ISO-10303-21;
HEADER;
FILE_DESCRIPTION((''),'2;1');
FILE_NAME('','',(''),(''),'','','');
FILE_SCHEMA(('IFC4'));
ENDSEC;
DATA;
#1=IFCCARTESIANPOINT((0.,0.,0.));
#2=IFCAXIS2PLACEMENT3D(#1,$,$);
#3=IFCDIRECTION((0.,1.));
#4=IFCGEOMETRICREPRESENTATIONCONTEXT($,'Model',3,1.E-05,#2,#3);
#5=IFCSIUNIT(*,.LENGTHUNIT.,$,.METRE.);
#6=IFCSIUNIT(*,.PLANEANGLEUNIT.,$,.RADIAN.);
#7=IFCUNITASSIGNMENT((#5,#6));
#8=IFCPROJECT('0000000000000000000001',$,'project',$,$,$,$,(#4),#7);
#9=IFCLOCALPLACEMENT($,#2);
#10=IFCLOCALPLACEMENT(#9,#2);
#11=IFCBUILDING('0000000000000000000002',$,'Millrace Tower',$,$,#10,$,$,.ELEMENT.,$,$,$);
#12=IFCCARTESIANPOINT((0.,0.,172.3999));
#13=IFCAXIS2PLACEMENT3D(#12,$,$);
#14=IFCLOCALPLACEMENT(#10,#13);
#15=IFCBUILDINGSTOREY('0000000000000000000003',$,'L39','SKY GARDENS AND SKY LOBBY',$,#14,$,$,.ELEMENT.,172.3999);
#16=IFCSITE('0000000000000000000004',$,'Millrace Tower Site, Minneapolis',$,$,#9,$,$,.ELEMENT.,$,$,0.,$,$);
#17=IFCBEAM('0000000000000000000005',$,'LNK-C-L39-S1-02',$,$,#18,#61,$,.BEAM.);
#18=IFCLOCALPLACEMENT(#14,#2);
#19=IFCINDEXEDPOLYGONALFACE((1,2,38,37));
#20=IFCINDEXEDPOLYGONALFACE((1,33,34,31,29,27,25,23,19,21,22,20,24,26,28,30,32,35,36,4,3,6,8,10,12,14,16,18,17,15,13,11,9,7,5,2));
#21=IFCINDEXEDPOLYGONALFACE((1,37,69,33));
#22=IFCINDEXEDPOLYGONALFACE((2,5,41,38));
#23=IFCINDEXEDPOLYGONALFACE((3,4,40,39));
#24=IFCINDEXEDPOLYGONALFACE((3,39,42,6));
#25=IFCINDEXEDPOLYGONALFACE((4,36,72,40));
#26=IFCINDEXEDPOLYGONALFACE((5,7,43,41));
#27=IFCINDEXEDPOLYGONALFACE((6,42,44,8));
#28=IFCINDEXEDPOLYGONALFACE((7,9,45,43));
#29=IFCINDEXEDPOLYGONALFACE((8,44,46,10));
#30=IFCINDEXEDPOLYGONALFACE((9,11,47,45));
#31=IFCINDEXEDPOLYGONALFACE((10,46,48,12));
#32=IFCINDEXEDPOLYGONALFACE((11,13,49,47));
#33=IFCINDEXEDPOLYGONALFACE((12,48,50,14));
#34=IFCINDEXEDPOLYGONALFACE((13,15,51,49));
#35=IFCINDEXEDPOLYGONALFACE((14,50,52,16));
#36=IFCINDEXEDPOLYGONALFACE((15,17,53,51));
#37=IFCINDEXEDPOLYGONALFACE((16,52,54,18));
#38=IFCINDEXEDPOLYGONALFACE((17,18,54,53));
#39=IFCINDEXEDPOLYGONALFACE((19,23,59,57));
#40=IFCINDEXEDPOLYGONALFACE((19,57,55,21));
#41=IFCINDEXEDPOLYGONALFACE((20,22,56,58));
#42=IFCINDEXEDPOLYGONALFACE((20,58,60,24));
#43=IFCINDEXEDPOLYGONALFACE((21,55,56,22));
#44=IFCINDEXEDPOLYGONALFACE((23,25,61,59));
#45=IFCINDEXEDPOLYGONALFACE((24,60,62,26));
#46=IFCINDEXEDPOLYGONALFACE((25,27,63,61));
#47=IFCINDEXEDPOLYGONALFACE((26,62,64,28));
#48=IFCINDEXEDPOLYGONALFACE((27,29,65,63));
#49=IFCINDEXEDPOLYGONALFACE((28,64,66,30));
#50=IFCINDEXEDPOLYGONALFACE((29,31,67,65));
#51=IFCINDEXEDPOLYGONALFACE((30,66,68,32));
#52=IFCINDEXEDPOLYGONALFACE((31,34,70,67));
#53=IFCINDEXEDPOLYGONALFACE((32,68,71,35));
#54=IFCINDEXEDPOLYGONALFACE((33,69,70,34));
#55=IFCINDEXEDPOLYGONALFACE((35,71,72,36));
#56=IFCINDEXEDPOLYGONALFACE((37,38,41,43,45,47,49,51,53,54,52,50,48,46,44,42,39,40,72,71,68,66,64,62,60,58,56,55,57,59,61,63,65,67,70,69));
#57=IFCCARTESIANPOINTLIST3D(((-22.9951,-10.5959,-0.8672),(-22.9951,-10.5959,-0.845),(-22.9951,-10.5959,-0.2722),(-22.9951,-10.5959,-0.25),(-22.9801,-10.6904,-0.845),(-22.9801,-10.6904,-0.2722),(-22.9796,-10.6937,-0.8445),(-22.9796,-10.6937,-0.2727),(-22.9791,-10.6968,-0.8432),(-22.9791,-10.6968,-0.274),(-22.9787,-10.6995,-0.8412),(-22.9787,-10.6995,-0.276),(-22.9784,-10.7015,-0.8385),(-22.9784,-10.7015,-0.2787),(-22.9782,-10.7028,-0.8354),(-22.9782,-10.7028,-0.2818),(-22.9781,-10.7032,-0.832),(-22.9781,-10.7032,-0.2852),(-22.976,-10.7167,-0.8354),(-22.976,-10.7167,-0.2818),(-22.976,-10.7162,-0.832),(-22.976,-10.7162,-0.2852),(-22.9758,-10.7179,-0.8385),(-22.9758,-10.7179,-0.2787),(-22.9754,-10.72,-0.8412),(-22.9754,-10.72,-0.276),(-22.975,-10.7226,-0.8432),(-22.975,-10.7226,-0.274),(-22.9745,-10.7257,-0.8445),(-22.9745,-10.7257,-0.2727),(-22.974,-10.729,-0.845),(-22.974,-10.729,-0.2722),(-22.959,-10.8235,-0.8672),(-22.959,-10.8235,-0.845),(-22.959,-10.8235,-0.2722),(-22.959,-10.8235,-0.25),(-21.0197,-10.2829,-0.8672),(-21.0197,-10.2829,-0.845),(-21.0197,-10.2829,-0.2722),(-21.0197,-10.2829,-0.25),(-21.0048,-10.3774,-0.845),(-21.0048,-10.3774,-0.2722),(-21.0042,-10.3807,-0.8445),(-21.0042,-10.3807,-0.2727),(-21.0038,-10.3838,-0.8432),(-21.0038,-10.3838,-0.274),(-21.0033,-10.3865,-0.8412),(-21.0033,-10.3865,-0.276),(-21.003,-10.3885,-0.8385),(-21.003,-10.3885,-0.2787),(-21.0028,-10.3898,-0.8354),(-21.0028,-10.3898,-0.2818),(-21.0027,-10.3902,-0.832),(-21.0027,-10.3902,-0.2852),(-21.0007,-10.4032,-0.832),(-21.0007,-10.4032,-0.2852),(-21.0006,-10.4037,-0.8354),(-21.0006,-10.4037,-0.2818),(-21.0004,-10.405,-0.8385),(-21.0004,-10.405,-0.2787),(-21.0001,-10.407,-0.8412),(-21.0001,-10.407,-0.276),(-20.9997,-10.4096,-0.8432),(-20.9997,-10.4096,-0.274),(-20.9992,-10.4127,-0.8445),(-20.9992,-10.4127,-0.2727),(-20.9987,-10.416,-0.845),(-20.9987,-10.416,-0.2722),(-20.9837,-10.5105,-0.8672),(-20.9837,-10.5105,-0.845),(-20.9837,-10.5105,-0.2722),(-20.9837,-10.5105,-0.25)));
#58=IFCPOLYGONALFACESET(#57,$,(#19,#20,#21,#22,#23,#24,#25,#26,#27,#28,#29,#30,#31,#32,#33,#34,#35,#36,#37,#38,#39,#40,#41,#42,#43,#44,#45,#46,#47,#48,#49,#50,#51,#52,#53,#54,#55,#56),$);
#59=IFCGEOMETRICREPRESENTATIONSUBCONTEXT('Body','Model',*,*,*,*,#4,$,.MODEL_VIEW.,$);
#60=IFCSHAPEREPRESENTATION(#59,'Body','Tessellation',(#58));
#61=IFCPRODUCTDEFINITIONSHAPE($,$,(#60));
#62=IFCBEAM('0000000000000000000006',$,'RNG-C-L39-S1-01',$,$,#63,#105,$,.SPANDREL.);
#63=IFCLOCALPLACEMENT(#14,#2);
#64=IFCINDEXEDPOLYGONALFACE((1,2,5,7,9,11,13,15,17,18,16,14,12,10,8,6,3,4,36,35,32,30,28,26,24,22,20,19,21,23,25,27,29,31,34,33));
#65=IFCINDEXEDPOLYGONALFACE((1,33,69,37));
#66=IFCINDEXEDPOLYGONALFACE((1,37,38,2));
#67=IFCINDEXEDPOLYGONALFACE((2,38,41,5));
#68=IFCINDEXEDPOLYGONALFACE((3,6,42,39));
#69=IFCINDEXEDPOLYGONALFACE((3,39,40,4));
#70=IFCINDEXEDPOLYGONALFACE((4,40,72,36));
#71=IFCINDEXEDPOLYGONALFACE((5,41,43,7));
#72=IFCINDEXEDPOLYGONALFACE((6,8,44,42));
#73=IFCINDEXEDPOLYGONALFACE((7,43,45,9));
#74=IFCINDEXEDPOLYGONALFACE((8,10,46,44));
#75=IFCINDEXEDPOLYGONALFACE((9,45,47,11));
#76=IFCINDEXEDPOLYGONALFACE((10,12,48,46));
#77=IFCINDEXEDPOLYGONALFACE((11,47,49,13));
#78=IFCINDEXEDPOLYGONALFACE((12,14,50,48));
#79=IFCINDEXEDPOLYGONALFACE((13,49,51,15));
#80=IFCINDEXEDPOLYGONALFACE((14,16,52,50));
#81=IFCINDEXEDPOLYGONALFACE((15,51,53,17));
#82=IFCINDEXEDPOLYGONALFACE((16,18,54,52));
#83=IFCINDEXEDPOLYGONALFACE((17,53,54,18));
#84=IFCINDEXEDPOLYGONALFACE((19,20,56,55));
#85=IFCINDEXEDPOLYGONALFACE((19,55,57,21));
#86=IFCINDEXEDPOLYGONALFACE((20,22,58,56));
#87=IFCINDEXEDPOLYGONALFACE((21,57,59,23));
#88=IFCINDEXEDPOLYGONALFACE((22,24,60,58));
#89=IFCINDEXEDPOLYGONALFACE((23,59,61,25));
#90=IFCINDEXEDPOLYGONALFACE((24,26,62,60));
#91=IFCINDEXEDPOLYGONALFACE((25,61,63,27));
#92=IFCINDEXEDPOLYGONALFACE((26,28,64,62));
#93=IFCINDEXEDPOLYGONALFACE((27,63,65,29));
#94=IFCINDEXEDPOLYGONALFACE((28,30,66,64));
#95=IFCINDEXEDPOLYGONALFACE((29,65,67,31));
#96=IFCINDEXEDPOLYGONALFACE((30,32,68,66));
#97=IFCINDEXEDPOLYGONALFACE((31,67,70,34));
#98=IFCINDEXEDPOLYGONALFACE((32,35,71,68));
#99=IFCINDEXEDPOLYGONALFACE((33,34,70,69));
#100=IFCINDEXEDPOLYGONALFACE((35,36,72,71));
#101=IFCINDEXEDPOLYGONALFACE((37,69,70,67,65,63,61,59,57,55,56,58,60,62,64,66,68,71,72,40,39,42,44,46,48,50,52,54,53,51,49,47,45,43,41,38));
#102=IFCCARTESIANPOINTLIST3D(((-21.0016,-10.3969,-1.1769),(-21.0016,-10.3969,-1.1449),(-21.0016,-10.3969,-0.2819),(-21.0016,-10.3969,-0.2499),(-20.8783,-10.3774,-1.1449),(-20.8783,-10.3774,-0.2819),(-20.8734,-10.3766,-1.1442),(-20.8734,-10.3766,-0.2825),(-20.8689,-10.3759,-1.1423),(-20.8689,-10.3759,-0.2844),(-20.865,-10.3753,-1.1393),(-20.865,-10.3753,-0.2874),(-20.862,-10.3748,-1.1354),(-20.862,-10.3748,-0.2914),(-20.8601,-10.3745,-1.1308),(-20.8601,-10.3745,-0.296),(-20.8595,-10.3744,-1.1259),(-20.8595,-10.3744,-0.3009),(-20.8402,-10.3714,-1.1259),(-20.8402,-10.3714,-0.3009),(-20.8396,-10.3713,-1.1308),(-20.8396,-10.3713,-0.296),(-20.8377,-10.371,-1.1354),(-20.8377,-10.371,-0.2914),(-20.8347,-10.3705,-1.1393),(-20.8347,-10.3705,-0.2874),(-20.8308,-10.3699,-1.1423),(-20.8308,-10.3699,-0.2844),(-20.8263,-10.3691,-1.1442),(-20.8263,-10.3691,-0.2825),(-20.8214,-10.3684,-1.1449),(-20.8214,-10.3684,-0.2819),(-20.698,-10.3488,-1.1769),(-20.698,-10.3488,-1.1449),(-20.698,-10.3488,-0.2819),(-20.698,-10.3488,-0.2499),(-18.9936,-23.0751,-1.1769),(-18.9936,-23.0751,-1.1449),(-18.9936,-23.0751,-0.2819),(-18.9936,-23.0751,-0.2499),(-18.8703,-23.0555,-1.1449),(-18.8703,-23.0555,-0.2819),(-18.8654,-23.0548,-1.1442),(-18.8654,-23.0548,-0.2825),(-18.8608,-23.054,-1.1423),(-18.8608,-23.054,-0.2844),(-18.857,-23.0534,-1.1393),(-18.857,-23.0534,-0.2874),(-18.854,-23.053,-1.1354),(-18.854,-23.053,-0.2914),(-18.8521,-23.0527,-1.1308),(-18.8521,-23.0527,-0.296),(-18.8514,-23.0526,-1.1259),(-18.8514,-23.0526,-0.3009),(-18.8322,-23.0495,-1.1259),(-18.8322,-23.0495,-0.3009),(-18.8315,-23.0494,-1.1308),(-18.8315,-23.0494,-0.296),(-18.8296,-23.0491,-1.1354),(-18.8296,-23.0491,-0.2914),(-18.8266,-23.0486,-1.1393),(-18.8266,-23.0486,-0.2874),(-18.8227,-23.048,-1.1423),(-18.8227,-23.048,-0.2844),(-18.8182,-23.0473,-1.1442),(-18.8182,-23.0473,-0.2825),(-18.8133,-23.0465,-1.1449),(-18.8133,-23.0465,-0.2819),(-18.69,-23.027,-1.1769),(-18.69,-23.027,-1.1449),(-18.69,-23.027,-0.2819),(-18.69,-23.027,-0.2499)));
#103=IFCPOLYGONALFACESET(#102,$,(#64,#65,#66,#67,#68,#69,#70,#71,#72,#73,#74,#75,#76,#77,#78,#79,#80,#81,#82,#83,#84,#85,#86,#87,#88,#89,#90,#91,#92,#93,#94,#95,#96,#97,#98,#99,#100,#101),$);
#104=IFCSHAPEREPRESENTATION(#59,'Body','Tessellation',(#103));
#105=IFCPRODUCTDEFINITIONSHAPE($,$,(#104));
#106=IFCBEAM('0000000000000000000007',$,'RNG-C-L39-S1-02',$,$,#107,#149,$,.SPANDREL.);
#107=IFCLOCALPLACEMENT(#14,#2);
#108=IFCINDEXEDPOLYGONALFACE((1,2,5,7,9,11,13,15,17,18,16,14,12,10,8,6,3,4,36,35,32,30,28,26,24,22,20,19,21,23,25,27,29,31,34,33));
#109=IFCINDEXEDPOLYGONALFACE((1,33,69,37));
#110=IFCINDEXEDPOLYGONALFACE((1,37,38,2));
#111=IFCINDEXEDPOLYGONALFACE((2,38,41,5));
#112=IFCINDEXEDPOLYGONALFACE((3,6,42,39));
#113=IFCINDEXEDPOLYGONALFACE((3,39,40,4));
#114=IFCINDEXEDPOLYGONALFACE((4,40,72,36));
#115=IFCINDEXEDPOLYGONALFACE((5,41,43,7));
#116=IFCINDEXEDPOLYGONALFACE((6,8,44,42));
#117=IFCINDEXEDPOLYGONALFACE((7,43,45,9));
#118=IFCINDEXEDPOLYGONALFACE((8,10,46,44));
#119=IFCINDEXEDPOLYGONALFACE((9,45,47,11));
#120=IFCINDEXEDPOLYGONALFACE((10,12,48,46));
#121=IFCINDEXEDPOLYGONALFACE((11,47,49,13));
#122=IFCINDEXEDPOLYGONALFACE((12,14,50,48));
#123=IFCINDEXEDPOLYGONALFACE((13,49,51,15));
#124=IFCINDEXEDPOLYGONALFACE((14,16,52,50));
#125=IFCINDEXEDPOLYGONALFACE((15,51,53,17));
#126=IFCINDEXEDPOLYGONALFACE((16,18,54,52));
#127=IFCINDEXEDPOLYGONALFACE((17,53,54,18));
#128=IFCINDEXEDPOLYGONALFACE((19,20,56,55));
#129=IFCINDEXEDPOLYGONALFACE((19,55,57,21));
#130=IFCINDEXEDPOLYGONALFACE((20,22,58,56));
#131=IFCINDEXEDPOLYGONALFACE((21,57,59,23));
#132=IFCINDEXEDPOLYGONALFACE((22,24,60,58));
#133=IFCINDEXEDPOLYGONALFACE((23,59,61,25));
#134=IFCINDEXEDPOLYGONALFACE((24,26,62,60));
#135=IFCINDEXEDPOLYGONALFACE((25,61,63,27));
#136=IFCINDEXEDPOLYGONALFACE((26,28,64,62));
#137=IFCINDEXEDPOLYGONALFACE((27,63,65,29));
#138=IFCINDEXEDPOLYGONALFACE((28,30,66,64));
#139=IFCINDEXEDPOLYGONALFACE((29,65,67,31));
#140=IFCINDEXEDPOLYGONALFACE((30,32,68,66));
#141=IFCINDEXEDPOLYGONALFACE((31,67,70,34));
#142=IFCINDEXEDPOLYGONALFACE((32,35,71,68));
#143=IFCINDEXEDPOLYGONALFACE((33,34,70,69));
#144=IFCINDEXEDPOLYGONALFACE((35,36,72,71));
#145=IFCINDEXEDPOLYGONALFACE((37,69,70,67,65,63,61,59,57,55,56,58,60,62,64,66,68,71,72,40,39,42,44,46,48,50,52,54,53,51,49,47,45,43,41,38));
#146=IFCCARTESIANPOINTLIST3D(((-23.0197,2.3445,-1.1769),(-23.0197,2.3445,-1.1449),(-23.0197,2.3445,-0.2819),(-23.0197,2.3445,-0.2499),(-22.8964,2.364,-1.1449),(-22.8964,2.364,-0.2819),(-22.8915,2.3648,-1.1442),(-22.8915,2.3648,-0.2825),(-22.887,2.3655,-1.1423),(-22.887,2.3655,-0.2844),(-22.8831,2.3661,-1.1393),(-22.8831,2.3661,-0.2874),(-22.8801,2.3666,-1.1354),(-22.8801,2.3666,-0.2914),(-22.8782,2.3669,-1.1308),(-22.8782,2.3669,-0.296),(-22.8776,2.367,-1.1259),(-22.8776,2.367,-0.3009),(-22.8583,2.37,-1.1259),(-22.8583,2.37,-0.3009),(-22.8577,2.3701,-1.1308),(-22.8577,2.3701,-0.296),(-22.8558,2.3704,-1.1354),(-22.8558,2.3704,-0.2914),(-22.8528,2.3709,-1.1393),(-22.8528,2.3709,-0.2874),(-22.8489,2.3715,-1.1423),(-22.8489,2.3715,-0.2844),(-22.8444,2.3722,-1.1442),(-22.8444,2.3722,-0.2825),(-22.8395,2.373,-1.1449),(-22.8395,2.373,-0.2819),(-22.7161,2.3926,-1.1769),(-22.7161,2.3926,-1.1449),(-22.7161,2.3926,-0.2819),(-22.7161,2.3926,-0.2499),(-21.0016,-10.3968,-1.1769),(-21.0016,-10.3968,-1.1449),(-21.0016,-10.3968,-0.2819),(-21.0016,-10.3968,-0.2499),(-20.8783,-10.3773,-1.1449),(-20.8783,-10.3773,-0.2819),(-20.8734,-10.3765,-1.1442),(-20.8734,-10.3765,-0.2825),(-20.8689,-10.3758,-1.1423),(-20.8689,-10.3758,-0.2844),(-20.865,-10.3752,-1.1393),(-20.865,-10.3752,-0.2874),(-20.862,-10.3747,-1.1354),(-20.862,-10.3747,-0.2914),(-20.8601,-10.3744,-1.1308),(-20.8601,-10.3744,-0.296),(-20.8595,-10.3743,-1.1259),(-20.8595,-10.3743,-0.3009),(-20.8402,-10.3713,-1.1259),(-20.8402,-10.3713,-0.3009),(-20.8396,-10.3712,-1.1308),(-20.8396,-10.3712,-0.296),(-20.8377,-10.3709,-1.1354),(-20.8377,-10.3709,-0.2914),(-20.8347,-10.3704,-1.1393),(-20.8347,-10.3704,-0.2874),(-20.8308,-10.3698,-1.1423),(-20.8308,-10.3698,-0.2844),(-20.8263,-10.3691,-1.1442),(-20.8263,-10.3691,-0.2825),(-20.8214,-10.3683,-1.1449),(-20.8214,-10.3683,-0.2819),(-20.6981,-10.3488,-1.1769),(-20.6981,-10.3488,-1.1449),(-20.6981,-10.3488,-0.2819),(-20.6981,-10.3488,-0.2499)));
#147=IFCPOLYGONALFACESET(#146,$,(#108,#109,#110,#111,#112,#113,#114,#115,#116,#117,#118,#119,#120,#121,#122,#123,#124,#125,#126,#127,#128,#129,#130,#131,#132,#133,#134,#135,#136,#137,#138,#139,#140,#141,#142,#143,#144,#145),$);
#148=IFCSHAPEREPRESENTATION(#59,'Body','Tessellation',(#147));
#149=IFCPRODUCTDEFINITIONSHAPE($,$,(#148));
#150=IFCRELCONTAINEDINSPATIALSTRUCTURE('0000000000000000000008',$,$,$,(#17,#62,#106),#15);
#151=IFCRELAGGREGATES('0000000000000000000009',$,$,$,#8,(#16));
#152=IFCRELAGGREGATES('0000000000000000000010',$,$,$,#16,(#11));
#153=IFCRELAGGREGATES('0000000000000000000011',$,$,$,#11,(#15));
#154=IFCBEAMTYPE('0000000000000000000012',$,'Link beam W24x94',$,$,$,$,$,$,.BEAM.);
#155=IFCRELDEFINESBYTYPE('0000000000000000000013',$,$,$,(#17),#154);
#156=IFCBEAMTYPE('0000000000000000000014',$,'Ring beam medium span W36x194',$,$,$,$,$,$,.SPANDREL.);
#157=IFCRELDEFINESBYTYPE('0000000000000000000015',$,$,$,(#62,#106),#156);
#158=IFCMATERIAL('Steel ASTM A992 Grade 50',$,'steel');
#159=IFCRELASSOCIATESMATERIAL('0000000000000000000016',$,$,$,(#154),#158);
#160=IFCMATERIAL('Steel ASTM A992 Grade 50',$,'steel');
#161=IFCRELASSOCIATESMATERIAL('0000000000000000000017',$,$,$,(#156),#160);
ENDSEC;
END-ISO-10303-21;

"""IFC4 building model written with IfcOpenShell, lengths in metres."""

from ifc_helpers import new_model, si_unit, direction, frame, origin, origin_2d, place, context, subcontext, project, spatial, i_section, extrude, material, material_profile, profile_set, type_object, element, save


model = new_model("IFC4")

# Units and contexts
model_context = context("Model", 3, precision=1e-05, world=origin(), true_north=direction((0.0, 1.0)))
body_context = subcontext(model_context, "Body", "Model", "MODEL_VIEW")
ifc_project = project(units=[si_unit("LENGTHUNIT", "METRE"), si_unit("PLANEANGLEUNIT", "RADIAN")], contexts=[model_context])

# Site, building, storey
site_placement = place(None, origin())
site = spatial("IfcSite", under=ifc_project, at=site_placement, Name="Millrace Tower Site, Minneapolis", CompositionType="ELEMENT", RefElevation=0.0)
building_placement = place(site_placement, origin())
building = spatial("IfcBuilding", under=site, at=building_placement, Name="Millrace Tower", CompositionType="ELEMENT")
storey_placement = place(building_placement, frame((0.0, 0.0, 172.3999)))
storey = spatial("IfcBuildingStorey", under=building, at=storey_placement, Name="L39", Description="SKY GARDENS AND SKY LOBBY", CompositionType="ELEMENT", Elevation=172.3999)

# Beams
ifc_material_1 = material(Name="Steel ASTM A992 Grade 50", Category="steel")
ifc_material_profile_1 = material_profile(ifc_material_1, i_section(OverallWidth=0.2305, OverallDepth=0.6172, WebThickness=0.0132, FlangeThickness=0.0222, FilletRadius=0.0129, at=origin_2d()))
ifc_profile_set_1 = profile_set([ifc_material_profile_1], Name="Steel ASTM A992 Grade 50")
beam_type_1 = type_object("IfcBeamType", Name="Link beam W24x94", PredefinedType="BEAM", material=ifc_profile_set_1)
beam_1_placement = place(storey_placement, frame((-21.0017, -10.3967, -0.5586), z_axis=(-0.987679, -0.156495, 0.0), x_axis=(0.156495, -0.987679, 0.0)))
element("IfcBeam", 1, at=beam_1_placement, inside=storey, type_object=beam_type_1, Name="LNK-C-L39-S1-02", PredefinedType="BEAM", context=body_context, shape_type="SweptSolid", body=[
    extrude(i_section(OverallWidth=0.2305, OverallDepth=0.6172, WebThickness=0.0132, FlangeThickness=0.0222, FilletRadius=0.0129, at=origin_2d()), origin(), (0.0, 0.0, 1.0), 2.0),
])
ifc_material_2 = material(Name="Steel ASTM A992 Grade 50", Category="steel")
ifc_material_profile_2 = material_profile(ifc_material_2, i_section(OverallWidth=0.3074, OverallDepth=0.927, WebThickness=0.0195, FlangeThickness=0.032, FilletRadius=0.019, at=origin_2d()))
ifc_profile_set_2 = profile_set([ifc_material_profile_2], Name="Steel ASTM A992 Grade 50")
beam_type_2 = type_object("IfcBeamType", Name="Ring beam medium span W36x194", PredefinedType="SPANDREL", material=ifc_profile_set_2)
beam_2_placement = place(storey_placement, frame((-18.8418, -23.051, -0.7134), z_axis=(-0.156436, 0.987688, 0.0), x_axis=(-0.987688, -0.156436, 0.0)))
element("IfcBeam", 2, at=beam_2_placement, inside=storey, type_object=beam_type_2, Name="RNG-C-L39-S1-01", PredefinedType="SPANDREL", context=body_context, shape_type="SweptSolid", body=[
    extrude(i_section(OverallWidth=0.3074, OverallDepth=0.927, WebThickness=0.0195, FlangeThickness=0.032, FilletRadius=0.019, at=origin_2d()), origin(), (0.0, 0.0, 1.0), 12.8362),
])
beam_3_placement = place(storey_placement, frame((-20.8499, -10.3728, -0.7134), z_axis=(-0.156439, 0.987688, 0.0), x_axis=(-0.987688, -0.156439, 0.0)))
element("IfcBeam", 3, at=beam_3_placement, inside=storey, type_object=beam_type_2, Name="RNG-C-L39-S1-02", PredefinedType="SPANDREL", context=body_context, shape_type="SweptSolid", body=[
    extrude(i_section(OverallWidth=0.3074, OverallDepth=0.927, WebThickness=0.0195, FlangeThickness=0.032, FilletRadius=0.019, at=origin_2d()), origin(), (0.0, 0.0, 1.0), 12.9001),
])

save(model, "model.ifc")
